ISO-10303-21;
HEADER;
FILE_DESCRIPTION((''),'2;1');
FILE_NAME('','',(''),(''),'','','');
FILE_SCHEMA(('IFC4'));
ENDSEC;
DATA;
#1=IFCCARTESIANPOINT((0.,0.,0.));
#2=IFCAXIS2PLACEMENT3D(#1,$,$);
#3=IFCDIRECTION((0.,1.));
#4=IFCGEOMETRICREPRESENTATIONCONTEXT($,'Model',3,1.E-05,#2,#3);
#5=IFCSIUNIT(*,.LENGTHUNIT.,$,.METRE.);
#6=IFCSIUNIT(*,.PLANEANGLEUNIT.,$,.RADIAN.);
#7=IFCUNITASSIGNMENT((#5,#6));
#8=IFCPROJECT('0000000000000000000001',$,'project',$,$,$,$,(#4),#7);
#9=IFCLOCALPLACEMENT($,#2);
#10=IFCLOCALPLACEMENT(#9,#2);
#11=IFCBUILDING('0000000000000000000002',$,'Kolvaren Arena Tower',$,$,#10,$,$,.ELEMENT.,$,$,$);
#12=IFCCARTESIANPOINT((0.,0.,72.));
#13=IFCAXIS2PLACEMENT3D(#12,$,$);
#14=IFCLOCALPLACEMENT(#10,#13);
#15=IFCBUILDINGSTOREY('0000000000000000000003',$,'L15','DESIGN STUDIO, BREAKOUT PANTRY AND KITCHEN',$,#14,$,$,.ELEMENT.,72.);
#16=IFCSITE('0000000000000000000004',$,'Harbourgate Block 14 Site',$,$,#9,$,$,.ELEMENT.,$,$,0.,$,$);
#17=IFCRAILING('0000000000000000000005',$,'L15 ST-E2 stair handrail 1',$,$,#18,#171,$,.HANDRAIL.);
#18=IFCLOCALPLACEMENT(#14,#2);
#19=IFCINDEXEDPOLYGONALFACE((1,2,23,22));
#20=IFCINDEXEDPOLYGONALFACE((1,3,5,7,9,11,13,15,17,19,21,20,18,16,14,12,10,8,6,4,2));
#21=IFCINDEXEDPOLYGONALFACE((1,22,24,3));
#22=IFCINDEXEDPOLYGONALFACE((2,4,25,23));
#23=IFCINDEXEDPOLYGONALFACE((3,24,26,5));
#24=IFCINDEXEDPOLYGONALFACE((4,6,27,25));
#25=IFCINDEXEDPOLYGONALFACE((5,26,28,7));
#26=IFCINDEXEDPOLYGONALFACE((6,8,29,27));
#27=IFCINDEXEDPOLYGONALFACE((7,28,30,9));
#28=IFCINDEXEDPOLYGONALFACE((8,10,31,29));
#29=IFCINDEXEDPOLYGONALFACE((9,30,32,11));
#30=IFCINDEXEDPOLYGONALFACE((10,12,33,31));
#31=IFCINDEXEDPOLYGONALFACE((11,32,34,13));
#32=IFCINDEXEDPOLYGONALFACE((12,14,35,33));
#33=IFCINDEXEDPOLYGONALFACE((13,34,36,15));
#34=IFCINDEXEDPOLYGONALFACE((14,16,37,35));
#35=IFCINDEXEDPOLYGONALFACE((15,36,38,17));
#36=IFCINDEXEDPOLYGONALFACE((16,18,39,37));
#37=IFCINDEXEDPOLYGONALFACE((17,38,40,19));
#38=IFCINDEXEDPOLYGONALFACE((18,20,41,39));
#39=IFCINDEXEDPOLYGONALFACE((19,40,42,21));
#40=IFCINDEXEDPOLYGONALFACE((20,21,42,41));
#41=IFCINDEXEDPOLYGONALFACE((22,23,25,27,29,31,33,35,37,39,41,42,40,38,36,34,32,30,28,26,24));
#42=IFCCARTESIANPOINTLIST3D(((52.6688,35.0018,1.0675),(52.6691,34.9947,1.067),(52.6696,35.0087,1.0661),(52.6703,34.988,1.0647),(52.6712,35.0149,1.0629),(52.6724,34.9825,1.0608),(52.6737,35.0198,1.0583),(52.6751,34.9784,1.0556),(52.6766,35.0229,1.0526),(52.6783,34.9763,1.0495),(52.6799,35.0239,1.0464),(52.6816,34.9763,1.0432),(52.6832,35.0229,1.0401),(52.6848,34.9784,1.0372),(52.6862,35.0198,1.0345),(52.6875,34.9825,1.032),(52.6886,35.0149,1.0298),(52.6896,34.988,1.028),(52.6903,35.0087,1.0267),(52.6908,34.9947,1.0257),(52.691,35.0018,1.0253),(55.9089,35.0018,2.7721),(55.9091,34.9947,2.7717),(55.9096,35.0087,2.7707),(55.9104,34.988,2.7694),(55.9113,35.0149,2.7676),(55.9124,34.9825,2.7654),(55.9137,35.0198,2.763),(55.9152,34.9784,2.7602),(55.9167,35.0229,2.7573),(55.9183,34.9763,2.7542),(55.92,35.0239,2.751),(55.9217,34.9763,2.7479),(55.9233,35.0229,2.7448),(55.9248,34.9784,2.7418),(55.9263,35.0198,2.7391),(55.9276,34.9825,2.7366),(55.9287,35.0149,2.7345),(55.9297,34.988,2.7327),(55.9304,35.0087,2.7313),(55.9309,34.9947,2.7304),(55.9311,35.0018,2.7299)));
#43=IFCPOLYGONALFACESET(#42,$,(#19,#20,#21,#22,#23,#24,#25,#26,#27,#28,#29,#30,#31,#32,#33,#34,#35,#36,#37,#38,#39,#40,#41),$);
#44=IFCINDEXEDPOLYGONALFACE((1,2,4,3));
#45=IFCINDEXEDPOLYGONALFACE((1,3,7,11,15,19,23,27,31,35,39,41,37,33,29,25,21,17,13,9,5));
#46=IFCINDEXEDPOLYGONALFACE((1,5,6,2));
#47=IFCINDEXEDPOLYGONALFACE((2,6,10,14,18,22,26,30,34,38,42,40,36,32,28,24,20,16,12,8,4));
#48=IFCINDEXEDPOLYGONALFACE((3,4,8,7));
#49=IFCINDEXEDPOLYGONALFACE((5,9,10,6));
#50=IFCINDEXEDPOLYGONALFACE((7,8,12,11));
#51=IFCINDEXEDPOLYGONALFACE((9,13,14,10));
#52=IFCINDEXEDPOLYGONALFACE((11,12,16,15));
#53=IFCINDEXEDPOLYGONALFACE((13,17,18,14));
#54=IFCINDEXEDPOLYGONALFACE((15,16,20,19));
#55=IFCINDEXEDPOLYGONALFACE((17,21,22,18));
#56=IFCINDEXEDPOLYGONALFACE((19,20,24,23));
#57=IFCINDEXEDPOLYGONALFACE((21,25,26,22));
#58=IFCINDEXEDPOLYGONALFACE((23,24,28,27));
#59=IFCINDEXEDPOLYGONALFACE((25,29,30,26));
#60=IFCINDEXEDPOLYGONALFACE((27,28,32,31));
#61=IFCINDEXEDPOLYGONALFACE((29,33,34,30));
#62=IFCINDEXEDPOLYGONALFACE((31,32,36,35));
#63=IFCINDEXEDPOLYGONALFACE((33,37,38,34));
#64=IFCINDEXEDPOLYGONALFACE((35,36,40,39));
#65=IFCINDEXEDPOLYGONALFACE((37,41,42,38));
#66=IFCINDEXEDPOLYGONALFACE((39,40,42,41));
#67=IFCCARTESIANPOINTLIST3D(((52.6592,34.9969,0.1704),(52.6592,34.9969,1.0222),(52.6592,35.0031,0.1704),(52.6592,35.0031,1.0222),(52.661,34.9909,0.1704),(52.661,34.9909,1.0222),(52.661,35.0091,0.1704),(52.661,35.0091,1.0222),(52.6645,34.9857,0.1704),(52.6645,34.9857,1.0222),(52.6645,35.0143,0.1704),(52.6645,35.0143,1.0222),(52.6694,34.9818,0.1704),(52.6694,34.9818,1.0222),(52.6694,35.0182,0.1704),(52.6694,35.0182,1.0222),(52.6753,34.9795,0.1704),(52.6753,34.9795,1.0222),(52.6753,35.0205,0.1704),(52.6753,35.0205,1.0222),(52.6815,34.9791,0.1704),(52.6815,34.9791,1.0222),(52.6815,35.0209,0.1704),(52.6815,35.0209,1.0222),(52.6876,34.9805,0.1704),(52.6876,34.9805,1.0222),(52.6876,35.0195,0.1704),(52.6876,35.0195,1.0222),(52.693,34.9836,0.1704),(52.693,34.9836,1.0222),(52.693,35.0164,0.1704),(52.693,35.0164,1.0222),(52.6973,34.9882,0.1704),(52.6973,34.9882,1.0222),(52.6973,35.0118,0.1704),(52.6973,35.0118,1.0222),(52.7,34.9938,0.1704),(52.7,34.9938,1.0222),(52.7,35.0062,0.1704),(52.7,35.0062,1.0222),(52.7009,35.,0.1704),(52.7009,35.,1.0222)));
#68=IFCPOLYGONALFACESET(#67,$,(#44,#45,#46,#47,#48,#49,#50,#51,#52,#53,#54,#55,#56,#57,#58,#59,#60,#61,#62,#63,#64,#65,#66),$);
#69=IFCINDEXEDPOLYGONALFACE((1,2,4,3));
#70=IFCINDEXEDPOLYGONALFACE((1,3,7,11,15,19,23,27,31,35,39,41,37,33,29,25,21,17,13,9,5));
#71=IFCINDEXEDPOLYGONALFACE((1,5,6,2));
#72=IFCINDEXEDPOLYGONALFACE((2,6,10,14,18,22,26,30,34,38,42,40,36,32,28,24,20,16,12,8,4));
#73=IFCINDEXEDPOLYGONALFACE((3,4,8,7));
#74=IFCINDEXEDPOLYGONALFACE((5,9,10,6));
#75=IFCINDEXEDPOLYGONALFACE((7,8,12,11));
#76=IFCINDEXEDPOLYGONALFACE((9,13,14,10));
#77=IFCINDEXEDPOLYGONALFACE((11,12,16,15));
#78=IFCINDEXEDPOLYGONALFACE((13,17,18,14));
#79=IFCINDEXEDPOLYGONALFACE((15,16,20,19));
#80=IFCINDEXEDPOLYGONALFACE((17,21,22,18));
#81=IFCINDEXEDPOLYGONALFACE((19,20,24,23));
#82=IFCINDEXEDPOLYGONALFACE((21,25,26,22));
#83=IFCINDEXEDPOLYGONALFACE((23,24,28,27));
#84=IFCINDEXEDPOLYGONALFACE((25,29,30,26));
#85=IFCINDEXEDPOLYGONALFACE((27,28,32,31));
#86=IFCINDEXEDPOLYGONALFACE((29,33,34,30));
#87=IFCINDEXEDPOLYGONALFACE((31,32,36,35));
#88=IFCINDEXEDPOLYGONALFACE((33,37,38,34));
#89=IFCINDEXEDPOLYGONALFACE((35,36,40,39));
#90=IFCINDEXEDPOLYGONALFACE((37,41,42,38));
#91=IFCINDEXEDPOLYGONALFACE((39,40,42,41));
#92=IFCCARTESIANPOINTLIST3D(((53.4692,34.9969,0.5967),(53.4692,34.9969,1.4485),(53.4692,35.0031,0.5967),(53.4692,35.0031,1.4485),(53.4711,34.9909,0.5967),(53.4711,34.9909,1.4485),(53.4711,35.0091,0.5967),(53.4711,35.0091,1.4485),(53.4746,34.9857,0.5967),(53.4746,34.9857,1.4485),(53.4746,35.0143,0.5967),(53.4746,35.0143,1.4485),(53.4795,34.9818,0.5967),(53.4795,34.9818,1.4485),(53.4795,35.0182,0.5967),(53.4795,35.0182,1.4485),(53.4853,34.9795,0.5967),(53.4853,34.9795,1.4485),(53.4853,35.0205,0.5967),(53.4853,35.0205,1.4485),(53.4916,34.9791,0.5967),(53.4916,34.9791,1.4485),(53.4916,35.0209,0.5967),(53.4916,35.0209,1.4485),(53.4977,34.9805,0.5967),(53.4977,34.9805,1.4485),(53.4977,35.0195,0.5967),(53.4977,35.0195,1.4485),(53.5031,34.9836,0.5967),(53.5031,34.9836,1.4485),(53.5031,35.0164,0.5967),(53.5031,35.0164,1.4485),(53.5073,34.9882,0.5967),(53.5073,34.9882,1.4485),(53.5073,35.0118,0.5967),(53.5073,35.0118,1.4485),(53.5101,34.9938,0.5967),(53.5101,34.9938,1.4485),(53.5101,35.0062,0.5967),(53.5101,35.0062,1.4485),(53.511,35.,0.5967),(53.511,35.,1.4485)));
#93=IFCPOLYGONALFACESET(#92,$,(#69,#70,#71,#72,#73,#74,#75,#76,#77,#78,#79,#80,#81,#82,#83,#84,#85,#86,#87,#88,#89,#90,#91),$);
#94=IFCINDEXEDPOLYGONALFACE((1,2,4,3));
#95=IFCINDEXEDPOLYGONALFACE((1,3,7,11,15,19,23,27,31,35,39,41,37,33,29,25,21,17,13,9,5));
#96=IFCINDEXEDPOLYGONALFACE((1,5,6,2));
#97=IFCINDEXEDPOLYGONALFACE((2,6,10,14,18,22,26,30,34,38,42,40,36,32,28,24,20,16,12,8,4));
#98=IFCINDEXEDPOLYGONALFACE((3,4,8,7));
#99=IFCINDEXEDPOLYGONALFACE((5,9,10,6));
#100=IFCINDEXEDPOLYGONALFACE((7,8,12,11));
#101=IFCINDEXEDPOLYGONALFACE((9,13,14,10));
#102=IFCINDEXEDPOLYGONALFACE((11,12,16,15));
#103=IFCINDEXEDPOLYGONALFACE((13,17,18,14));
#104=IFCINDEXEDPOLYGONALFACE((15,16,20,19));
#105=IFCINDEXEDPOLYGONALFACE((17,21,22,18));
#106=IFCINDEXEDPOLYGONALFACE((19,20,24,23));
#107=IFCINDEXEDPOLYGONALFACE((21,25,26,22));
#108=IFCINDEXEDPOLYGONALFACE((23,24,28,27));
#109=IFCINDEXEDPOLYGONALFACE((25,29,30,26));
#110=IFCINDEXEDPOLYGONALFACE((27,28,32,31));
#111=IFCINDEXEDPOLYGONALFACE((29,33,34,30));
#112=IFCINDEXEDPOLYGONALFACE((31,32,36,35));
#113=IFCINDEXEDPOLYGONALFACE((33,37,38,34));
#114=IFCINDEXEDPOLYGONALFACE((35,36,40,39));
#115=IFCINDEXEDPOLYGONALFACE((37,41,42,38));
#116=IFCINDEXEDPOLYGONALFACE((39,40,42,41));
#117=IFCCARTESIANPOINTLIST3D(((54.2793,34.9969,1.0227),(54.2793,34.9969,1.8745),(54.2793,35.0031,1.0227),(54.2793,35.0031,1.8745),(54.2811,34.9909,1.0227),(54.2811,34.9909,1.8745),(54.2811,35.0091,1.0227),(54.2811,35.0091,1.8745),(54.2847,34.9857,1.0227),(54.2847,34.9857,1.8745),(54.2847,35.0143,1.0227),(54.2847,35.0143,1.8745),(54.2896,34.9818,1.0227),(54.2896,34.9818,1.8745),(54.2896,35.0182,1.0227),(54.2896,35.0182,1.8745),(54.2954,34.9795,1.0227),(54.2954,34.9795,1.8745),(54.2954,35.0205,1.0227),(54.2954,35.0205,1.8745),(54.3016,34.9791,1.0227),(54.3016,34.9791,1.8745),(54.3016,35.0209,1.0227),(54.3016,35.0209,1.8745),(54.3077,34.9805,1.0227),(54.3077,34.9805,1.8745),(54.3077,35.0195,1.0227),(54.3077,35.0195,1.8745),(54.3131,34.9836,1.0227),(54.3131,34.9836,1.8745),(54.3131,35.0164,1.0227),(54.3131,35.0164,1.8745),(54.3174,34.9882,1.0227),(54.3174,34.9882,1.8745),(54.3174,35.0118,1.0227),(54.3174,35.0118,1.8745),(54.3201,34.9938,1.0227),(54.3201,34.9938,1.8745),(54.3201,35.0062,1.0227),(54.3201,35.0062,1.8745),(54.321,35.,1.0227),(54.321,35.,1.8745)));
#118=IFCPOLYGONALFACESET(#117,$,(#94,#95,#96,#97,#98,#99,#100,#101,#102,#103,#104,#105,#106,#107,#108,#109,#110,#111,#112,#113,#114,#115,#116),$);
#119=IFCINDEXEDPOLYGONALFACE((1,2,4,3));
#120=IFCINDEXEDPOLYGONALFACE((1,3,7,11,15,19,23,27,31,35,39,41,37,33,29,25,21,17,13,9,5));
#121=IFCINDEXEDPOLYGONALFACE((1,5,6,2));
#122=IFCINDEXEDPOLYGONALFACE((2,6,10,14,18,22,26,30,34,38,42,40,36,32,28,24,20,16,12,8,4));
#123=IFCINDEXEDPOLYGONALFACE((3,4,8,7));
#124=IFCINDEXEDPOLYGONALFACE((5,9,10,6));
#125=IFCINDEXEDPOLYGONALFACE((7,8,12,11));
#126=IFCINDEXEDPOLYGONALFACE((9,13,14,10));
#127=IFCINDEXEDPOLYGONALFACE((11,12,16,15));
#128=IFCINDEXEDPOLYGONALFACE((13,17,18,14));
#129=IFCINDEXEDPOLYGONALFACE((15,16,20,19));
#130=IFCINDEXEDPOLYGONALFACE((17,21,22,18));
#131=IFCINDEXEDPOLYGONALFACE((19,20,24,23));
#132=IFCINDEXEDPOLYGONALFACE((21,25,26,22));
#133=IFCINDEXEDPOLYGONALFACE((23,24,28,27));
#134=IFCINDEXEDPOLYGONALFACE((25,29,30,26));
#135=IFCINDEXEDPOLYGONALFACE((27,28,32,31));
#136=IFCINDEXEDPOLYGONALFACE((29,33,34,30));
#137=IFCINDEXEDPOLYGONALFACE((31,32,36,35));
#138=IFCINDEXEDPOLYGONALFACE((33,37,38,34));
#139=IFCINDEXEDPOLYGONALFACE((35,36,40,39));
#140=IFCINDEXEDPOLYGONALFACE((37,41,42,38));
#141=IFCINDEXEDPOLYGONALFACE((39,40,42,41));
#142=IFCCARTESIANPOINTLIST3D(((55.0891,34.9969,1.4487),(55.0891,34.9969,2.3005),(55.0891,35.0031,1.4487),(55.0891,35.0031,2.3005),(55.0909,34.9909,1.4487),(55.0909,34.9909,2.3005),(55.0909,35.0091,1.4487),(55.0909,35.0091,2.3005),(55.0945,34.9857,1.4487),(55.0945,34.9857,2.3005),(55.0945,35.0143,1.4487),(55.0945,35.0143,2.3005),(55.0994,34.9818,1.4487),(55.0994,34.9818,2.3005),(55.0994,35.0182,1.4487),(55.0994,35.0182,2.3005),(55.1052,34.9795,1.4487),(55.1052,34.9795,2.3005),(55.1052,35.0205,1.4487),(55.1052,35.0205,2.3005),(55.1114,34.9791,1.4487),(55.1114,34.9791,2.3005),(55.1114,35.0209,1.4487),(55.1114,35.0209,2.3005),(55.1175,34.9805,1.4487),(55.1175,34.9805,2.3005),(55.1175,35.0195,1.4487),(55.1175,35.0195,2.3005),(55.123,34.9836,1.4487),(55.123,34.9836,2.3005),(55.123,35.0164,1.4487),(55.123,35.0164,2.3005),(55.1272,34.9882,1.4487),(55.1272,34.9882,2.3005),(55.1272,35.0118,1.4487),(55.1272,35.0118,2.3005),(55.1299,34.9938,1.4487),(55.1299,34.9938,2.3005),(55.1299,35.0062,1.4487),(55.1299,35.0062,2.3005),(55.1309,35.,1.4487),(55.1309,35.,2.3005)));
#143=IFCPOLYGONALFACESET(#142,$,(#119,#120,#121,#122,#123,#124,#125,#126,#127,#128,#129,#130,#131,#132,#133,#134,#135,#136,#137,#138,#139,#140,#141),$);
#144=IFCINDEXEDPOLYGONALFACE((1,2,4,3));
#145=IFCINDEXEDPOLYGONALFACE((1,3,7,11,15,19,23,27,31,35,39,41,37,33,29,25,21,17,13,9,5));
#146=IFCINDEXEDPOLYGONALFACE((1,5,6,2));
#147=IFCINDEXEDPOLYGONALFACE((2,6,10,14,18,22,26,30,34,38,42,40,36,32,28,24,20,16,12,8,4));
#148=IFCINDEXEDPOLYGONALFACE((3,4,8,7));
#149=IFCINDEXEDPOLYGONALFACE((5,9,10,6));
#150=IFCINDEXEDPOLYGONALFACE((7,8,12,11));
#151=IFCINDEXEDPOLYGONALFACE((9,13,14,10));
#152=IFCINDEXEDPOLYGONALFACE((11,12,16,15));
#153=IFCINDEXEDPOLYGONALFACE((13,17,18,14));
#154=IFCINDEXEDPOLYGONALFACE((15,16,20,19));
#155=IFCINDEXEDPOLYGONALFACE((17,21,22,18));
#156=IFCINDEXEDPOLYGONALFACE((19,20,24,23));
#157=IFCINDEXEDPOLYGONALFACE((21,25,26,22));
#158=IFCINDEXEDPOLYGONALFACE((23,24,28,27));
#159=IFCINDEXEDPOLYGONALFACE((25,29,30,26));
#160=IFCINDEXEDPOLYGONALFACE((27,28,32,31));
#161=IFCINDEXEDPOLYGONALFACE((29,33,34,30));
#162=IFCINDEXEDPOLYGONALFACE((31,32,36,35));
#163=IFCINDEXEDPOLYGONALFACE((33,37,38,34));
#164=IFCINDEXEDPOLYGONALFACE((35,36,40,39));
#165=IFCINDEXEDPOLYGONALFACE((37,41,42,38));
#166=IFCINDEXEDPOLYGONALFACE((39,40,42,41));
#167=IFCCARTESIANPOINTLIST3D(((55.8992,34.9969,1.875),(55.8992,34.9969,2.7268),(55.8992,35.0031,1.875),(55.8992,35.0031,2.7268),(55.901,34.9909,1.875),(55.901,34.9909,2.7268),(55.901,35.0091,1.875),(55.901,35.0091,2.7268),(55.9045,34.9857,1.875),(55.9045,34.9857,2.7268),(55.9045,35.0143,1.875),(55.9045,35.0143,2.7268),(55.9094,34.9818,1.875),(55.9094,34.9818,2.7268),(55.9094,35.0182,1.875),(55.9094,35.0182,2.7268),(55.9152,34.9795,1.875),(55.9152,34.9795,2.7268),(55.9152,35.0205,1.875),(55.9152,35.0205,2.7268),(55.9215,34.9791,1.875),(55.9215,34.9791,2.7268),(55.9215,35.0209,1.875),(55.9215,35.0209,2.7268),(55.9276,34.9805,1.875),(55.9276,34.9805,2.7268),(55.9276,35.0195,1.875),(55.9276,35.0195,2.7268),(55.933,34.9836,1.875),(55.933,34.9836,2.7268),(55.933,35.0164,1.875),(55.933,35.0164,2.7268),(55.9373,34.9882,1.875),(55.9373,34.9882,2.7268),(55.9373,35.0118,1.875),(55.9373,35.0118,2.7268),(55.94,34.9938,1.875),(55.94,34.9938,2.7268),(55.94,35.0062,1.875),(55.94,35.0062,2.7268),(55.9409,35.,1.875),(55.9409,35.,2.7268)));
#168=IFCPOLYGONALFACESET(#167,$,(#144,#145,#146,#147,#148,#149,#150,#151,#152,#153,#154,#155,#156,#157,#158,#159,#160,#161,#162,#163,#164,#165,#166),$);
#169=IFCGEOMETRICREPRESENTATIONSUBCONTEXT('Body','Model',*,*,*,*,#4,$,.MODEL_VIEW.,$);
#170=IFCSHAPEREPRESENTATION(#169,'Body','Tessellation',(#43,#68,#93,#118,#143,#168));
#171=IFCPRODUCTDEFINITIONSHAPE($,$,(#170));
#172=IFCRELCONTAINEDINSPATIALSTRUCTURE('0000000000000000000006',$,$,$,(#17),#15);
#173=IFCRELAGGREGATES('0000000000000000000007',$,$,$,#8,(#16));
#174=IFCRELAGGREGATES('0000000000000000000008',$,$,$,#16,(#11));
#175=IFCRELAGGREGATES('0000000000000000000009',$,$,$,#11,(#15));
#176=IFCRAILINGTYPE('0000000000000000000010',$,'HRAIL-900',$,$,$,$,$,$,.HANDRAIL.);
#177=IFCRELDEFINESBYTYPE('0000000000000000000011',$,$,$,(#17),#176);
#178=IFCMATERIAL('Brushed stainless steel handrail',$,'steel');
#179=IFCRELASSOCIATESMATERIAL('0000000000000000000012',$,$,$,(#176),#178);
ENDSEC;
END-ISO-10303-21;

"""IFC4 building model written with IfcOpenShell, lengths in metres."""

from ifc_helpers import new_model, si_unit, direction, frame, origin, origin_2d, place, context, subcontext, project, spatial, circle, extrude, material, type_object, element, save


model = new_model("IFC4")

# Units and contexts
model_context = context("Model", 3, precision=1e-05, world=origin(), true_north=direction((0.0, 1.0)))
body_context = subcontext(model_context, "Body", "Model", "MODEL_VIEW")
ifc_project = project(units=[si_unit("LENGTHUNIT", "METRE"), si_unit("PLANEANGLEUNIT", "RADIAN")], contexts=[model_context])

# Site, building, storey
site_placement = place(None, origin())
site = spatial("IfcSite", under=ifc_project, at=site_placement, Name="Harbourgate Block 14 Site", CompositionType="ELEMENT", RefElevation=0.0)
building_placement = place(site_placement, origin())
building = spatial("IfcBuilding", under=site, at=building_placement, Name="Kolvaren Arena Tower", CompositionType="ELEMENT")
storey_placement = place(building_placement, frame((0.0, 0.0, 72.0)))
storey = spatial("IfcBuildingStorey", under=building, at=storey_placement, Name="L15", Description="DESIGN STUDIO, BREAKOUT PANTRY AND KITCHEN", CompositionType="ELEMENT", Elevation=72.0)

# Railing
ifc_material_1 = material(Name="Brushed stainless steel handrail", Category="steel")
railing_type_1 = type_object("IfcRailingType", Name="HRAIL-900", PredefinedType="HANDRAIL", material=ifc_material_1)
for number, where, name in (
    (1, (52.6799, 35.0, 0.1704), "L15 ST-E2 stair handrail 1"),
):
    element("IfcRailing", number, at=place(storey_placement, frame(where)), inside=storey, type_object=railing_type_1, Name=name, PredefinedType="HANDRAIL", context=body_context, shape_type="SweptSolid", body=[
        extrude(circle(Radius=0.0239, at=origin_2d()), frame((0.0, 0.0, 0.876), z_axis=(0.884993, 0.0, 0.465604), x_axis=(0.0, 1.0, 0.0)), (0.0, 0.0, 1.0), 3.6611),
        extrude(circle(Radius=0.021, at=origin_2d()), origin(), (0.0, 0.0, 1.0), 0.8518),
        extrude(circle(Radius=0.021, at=origin_2d()), frame((0.8101, 0.0, 0.4263)), (0.0, 0.0, 1.0), 0.8518),
        extrude(circle(Radius=0.021, at=origin_2d()), frame((1.6201, 0.0, 0.8523)), (0.0, 0.0, 1.0), 0.8518),
        extrude(circle(Radius=0.021, at=origin_2d()), frame((2.4299, 0.0, 1.2783)), (0.0, 0.0, 1.0), 0.8518),
        extrude(circle(Radius=0.021, at=origin_2d()), frame((3.24, 0.0, 1.7046)), (0.0, 0.0, 1.0), 0.8518),
    ])

save(model, "model.ifc")
